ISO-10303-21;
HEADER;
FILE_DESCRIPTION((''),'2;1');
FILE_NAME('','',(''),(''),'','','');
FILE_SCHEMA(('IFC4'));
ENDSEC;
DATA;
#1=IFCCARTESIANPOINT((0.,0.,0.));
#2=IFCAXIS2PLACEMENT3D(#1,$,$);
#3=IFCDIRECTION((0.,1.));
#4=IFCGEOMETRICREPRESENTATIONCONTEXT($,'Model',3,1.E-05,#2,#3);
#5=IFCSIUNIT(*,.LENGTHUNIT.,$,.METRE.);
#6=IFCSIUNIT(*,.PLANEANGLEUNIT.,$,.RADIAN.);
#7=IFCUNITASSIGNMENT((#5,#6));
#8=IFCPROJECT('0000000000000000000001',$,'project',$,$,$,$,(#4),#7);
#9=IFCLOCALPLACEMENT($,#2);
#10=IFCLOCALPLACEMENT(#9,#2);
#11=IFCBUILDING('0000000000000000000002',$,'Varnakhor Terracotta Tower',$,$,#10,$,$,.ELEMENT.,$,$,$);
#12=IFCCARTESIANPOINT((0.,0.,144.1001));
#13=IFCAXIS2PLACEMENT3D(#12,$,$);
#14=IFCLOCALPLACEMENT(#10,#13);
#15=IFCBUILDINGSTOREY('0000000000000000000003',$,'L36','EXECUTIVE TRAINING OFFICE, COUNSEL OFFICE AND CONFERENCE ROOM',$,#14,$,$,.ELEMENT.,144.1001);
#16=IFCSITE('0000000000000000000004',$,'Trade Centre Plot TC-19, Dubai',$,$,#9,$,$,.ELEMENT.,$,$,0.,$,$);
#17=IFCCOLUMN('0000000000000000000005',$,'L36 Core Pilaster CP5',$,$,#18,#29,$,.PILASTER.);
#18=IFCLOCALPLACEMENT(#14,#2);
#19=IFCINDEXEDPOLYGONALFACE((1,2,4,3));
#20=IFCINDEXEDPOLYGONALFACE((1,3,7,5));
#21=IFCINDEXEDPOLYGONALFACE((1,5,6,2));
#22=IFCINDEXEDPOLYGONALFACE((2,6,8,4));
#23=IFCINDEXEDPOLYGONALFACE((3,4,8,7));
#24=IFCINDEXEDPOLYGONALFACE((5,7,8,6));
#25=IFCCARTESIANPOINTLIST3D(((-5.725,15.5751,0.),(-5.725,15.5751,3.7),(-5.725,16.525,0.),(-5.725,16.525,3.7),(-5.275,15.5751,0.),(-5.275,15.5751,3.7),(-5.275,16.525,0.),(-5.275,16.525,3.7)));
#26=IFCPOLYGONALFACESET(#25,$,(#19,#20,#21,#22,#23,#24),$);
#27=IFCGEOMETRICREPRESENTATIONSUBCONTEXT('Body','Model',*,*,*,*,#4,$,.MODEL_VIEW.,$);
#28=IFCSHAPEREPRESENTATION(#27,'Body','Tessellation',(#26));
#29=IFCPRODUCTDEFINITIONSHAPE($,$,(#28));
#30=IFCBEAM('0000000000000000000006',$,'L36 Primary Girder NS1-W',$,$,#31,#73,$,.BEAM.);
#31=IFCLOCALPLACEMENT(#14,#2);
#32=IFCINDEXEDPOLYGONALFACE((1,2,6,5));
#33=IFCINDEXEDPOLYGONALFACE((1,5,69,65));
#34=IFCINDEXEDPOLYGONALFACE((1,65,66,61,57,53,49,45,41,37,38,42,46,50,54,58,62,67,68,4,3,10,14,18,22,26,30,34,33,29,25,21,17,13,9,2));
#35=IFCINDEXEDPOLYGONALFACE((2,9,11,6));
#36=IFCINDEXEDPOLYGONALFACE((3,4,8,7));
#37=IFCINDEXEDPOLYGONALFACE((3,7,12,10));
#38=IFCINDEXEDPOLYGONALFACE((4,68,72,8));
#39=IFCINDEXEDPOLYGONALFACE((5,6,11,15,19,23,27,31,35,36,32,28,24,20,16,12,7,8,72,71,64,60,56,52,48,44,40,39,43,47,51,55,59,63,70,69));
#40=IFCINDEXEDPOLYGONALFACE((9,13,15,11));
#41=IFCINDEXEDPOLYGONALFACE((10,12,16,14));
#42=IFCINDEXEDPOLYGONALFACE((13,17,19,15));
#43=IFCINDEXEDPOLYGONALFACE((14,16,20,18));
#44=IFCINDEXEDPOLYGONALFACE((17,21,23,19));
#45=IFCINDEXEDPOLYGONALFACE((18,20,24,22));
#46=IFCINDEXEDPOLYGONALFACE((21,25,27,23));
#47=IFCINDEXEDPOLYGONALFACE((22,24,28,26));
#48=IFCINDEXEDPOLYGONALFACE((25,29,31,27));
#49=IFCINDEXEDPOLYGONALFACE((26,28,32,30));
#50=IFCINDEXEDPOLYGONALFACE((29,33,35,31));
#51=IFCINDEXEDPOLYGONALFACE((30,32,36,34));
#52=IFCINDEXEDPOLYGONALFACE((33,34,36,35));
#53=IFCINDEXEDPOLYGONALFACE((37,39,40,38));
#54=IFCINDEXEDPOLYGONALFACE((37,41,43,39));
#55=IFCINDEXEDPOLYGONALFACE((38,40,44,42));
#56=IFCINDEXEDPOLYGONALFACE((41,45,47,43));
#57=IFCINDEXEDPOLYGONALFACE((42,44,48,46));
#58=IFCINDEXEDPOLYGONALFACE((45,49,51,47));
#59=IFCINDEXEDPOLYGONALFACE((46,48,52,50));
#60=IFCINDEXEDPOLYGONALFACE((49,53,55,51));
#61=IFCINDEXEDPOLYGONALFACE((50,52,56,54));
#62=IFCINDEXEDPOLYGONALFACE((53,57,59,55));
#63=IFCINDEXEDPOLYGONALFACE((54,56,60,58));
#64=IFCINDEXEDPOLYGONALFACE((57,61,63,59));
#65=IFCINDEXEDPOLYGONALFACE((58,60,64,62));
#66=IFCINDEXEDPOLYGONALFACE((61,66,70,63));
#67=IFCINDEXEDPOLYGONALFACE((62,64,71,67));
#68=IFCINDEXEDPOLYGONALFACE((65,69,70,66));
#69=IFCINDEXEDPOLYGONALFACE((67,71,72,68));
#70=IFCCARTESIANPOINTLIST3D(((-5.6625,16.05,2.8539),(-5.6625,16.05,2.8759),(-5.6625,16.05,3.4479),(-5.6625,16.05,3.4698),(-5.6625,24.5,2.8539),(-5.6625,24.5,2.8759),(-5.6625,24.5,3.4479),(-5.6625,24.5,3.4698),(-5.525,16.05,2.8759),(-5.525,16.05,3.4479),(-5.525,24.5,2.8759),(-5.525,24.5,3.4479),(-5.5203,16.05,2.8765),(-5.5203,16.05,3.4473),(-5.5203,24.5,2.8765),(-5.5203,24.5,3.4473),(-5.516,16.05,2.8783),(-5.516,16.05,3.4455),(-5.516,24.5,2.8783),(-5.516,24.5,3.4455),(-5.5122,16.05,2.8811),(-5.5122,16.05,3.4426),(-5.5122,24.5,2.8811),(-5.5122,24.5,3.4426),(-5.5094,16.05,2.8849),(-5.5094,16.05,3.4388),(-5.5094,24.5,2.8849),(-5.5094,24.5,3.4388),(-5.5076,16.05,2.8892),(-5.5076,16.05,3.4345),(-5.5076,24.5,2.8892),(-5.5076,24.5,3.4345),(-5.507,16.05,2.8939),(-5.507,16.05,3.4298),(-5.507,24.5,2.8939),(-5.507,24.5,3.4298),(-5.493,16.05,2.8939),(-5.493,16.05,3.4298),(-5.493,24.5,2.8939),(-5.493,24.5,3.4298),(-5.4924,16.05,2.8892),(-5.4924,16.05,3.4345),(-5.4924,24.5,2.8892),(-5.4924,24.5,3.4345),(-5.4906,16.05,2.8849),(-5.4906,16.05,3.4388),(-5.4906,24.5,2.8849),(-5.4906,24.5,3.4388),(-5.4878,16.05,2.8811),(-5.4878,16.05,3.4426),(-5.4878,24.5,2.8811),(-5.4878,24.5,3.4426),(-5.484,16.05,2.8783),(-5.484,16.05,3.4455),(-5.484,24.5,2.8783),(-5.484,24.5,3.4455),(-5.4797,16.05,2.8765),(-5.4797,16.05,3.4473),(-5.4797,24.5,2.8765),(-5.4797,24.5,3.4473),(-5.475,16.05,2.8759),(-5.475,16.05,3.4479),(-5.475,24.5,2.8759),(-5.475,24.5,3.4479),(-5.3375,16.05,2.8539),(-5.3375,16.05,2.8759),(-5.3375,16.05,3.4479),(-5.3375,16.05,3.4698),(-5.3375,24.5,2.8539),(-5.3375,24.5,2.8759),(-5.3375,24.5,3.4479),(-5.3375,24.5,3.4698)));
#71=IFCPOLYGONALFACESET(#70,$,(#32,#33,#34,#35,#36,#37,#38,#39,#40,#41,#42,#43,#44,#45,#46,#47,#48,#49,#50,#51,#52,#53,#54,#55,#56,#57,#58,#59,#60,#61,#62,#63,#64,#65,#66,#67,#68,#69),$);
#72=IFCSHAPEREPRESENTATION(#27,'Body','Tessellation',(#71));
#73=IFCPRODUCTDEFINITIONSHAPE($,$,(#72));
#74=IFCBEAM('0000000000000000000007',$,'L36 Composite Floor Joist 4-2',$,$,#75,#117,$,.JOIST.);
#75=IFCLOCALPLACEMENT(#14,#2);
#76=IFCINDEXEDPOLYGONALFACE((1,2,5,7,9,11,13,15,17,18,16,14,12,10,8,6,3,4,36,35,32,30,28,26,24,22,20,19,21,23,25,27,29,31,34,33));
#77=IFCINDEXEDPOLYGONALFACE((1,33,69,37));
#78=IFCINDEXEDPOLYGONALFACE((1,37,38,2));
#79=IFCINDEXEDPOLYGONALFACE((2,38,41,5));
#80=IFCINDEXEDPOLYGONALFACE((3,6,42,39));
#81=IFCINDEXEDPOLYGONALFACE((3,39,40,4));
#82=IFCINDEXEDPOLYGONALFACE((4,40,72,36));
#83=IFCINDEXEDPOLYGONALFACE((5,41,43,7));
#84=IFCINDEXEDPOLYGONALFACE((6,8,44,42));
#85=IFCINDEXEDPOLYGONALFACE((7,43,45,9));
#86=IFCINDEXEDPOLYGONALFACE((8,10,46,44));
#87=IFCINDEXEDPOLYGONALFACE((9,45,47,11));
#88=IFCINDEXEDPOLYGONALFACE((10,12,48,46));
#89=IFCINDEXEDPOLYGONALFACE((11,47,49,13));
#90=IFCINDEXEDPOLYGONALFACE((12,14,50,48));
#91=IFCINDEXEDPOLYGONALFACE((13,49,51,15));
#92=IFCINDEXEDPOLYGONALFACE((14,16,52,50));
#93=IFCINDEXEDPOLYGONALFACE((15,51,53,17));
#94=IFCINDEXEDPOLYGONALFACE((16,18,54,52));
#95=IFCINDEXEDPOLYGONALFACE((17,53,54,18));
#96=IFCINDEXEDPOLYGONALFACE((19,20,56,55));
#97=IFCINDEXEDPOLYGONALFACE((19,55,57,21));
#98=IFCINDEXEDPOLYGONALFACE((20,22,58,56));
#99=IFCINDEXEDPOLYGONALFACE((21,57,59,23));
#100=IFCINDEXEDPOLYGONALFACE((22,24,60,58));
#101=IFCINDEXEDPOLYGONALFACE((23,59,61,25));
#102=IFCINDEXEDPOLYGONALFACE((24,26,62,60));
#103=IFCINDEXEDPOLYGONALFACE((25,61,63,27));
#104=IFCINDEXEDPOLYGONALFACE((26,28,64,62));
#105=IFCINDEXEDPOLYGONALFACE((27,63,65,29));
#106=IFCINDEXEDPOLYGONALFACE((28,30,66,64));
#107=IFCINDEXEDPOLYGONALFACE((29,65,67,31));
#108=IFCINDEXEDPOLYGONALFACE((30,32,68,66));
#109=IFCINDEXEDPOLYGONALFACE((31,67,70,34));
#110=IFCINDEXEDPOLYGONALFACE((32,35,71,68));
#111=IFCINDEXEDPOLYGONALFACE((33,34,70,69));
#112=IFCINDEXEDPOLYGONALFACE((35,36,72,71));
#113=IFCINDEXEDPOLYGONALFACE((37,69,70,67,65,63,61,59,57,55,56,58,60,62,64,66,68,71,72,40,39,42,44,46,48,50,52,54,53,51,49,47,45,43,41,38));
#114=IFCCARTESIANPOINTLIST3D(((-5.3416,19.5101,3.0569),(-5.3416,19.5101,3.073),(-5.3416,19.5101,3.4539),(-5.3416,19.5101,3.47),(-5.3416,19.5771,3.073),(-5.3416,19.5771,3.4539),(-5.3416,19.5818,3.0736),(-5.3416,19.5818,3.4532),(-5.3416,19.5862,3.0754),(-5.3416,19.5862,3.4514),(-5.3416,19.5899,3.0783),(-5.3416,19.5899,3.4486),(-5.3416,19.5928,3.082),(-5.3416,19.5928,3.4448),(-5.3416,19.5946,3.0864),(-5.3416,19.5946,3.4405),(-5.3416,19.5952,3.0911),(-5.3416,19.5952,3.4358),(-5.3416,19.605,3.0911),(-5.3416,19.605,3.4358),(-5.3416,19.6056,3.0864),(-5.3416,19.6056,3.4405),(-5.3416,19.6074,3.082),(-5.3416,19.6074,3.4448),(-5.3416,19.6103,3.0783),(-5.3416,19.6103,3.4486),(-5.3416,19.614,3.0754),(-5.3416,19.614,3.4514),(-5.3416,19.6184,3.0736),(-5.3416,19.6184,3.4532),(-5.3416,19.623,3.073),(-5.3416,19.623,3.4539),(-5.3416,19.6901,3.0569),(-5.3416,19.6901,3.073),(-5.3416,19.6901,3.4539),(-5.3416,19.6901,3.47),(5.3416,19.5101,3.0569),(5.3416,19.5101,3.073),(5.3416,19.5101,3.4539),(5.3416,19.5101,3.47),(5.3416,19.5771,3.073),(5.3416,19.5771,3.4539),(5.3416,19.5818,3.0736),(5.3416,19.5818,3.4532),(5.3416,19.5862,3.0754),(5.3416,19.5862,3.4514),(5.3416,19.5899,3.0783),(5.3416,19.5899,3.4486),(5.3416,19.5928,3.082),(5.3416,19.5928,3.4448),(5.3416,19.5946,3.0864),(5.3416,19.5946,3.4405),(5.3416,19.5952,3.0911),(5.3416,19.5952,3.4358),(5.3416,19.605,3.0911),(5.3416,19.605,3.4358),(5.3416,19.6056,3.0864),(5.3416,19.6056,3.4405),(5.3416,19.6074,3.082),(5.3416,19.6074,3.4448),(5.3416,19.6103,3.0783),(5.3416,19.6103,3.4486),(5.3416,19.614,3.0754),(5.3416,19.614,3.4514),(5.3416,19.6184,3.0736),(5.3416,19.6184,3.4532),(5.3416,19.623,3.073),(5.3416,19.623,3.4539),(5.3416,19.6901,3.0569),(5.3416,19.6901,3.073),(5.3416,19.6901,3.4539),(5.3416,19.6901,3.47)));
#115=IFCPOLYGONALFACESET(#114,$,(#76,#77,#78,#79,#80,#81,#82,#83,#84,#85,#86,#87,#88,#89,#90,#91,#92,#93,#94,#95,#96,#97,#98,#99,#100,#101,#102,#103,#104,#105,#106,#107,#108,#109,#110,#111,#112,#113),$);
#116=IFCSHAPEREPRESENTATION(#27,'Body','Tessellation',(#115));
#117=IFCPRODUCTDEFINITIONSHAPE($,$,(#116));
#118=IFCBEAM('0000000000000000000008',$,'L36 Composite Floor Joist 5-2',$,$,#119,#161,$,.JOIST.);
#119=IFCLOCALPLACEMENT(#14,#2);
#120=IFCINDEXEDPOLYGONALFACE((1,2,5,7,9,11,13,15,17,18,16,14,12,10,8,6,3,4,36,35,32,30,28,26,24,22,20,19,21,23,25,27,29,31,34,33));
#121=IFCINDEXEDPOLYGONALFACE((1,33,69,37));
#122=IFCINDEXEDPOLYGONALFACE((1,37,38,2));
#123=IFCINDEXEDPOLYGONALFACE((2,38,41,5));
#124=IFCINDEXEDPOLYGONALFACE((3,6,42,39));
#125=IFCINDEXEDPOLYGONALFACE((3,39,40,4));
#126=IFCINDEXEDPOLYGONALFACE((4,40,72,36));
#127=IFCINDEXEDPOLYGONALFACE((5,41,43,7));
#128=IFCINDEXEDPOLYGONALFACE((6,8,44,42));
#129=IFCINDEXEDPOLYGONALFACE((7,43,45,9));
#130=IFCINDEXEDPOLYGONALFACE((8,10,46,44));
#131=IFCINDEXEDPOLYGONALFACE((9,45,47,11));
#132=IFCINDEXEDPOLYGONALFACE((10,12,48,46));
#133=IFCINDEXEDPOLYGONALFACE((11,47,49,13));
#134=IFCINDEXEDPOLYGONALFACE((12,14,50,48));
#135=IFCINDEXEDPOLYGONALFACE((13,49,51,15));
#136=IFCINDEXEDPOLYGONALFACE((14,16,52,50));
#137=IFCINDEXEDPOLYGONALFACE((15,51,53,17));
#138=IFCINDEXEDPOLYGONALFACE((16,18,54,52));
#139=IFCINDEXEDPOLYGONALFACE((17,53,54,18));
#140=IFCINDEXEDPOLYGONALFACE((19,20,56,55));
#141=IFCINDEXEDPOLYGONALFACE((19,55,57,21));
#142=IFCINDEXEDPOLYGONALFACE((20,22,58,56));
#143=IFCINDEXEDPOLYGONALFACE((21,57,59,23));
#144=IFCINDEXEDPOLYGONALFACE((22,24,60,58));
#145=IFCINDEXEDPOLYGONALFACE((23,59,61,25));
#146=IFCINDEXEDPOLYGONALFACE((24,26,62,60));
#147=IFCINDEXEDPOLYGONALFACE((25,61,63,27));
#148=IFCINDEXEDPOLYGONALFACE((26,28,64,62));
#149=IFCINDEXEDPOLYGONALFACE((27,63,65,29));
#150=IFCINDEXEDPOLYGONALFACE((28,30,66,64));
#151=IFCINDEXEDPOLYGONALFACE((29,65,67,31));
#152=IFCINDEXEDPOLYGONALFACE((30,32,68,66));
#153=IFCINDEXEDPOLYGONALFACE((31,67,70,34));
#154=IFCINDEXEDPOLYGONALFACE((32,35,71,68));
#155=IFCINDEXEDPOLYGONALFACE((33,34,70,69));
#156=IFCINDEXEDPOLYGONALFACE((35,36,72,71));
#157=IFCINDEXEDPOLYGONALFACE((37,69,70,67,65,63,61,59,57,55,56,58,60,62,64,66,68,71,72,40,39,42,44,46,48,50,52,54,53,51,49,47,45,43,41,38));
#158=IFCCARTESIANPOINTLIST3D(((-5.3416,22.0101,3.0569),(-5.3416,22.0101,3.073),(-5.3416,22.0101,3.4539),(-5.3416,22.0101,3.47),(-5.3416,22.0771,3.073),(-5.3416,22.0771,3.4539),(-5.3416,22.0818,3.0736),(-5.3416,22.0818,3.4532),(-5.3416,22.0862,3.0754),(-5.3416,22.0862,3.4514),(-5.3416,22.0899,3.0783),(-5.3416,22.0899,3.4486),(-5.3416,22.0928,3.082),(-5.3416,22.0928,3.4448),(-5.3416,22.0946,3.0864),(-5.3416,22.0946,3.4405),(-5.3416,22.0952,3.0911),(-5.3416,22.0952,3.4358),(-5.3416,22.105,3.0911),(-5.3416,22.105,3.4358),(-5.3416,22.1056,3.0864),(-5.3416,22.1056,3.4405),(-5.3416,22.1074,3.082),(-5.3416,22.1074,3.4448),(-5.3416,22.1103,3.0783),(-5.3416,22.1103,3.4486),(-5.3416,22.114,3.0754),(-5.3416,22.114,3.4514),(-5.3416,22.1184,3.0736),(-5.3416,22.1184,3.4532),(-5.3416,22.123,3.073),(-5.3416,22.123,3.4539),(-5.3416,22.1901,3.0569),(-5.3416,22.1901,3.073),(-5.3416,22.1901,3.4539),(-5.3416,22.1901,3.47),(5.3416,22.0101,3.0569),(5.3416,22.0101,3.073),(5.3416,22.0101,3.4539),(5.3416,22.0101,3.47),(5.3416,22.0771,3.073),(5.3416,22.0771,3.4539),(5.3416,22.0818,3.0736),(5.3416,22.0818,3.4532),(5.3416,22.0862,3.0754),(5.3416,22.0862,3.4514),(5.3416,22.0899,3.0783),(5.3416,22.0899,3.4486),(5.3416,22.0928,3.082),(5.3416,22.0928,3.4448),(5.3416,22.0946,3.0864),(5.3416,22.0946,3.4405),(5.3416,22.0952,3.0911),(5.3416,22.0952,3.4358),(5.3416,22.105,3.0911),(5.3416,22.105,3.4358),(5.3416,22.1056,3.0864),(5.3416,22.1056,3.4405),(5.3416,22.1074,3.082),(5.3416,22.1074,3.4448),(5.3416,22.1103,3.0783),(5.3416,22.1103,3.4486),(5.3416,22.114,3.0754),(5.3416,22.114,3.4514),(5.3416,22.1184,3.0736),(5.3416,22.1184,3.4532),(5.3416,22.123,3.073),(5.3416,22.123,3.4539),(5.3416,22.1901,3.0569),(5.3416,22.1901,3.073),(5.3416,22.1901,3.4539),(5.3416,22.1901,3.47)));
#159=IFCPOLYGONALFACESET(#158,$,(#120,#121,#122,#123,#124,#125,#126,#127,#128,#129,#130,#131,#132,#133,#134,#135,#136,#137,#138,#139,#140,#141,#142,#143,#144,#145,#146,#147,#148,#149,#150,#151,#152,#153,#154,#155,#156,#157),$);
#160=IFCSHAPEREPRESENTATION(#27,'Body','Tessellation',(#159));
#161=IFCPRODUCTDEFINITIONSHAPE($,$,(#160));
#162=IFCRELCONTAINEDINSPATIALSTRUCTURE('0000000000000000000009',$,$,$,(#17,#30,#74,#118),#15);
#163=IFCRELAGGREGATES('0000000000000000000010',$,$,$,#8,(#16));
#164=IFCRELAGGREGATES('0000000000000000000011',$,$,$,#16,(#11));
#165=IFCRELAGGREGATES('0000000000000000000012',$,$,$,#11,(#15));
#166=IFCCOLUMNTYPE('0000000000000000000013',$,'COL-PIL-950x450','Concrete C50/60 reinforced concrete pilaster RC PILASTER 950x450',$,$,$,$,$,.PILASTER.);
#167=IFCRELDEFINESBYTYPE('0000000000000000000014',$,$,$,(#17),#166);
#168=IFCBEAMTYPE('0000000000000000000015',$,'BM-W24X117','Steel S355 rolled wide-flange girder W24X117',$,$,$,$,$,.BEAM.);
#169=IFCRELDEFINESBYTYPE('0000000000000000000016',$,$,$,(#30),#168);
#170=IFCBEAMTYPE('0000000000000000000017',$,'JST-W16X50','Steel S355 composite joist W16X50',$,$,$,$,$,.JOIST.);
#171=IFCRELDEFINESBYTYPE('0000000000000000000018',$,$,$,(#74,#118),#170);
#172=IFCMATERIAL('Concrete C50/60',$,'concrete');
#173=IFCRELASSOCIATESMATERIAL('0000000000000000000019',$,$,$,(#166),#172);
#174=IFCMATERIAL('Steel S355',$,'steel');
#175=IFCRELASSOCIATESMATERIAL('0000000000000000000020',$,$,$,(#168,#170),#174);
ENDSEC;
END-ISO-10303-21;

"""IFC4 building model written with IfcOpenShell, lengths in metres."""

from ifc_helpers import new_model, si_unit, direction, frame, origin, origin_2d, place, context, subcontext, project, spatial, rectangle, i_section, extrude, source, transform, mapped, material, material_profile, profile_set, type_object, type_shapes, element, save


model = new_model("IFC4")

# Units and contexts
model_context = context("Model", 3, precision=1e-05, world=origin(), true_north=direction((0.0, 1.0)))
body_context = subcontext(model_context, "Body", "Model", "MODEL_VIEW")
ifc_project = project(units=[si_unit("LENGTHUNIT", "METRE"), si_unit("PLANEANGLEUNIT", "RADIAN")], contexts=[model_context])

# Site, building, storey
site_placement = place(None, origin())
site = spatial("IfcSite", under=ifc_project, at=site_placement, Name="Trade Centre Plot TC-19, Dubai", CompositionType="ELEMENT", RefElevation=0.0)
building_placement = place(site_placement, origin())
building = spatial("IfcBuilding", under=site, at=building_placement, Name="Varnakhor Terracotta Tower", CompositionType="ELEMENT")
storey_placement = place(building_placement, frame((0.0, 0.0, 144.1001)))
storey = spatial("IfcBuildingStorey", under=building, at=storey_placement, Name="L36", Description="EXECUTIVE TRAINING OFFICE, COUNSEL OFFICE AND CONFERENCE ROOM", CompositionType="ELEMENT", Elevation=144.1001)

# Column
ifc_material_1 = material(Name="Concrete C50/60", Category="concrete")
ifc_material_profile_1 = material_profile(ifc_material_1, rectangle(XDim=0.45, YDim=0.95, at=origin_2d()), Name="RC PILASTER 950x450")
ifc_profile_set_1 = profile_set([ifc_material_profile_1], Name="Concrete C50/60")
column_type = type_object("IfcColumnType", Name="COL-PIL-950x450", Description="Concrete C50/60 reinforced concrete pilaster RC PILASTER 950x450", PredefinedType="PILASTER", material=ifc_profile_set_1)
shared_shape_1 = source(origin(), body_context, "Body", "SweptSolid", [
    extrude(rectangle(XDim=0.45, YDim=0.95, at=origin_2d()), origin(), (0.0, 0.0, 1.0), 3.7),
])
column_placement = place(storey_placement, frame((-5.5, 16.05, 0.0), z_axis=(0.0, 0.0, 1.0), x_axis=(1.0, 0.0, 0.0)))
element("IfcColumn", 1, at=column_placement, inside=storey, type_object=column_type, Name="L36 Core Pilaster CP5", PredefinedType="PILASTER", context=body_context, shape_type="MappedRepresentation", body=[
    mapped(shared_shape_1, transform((0.0, 0.0, 0.0), scale=1.0)),
])

# Beams
ifc_material_2 = material(Name="Steel S355", Category="steel")
ifc_material_profile_2 = material_profile(ifc_material_2, i_section(OverallWidth=0.325, OverallDepth=0.616, WebThickness=0.0139, FlangeThickness=0.022, FilletRadius=0.0181, at=origin_2d()), Name="W24X117")
ifc_profile_set_2 = profile_set([ifc_material_profile_2], Name="Steel S355")
beam_type_1 = type_object("IfcBeamType", Name="BM-W24X117", Description="Steel S355 rolled wide-flange girder W24X117", PredefinedType="BEAM", material=ifc_profile_set_2)
shared_shape_2 = source(origin(), body_context, "Body", "SweptSolid", [
    extrude(i_section(OverallWidth=0.325, OverallDepth=0.616, WebThickness=0.0139, FlangeThickness=0.022, FilletRadius=0.0181, at=origin_2d()), origin(), (0.0, 0.0, 1.0), 8.45),
])
type_shapes(beam_type_1, [shared_shape_2])
beam_placement = place(storey_placement, frame((-5.5, 16.05, 3.1619), z_axis=(0.0, 1.0, 0.0), x_axis=(-1.0, 0.0, 0.0)))
element("IfcBeam", 2, at=beam_placement, inside=storey, type_object=beam_type_1, Name="L36 Primary Girder NS1-W", PredefinedType="BEAM", context=body_context, shape_type="MappedRepresentation", body=[
    mapped(shared_shape_2, transform((0.0, 0.0, 0.0), scale=1.0)),
])
ifc_material_profile_3 = material_profile(ifc_material_2, i_section(OverallWidth=0.1799, OverallDepth=0.4131, WebThickness=0.0098, FlangeThickness=0.0161, FilletRadius=0.0181, at=origin_2d()), Name="W16X50")
ifc_profile_set_3 = profile_set([ifc_material_profile_3], Name="Steel S355")
beam_type_2 = type_object("IfcBeamType", Name="JST-W16X50", Description="Steel S355 composite joist W16X50", PredefinedType="JOIST", material=ifc_profile_set_3)
shared_shape_3 = source(origin(), body_context, "Body", "SweptSolid", [
    extrude(i_section(OverallWidth=0.1799, OverallDepth=0.4131, WebThickness=0.0098, FlangeThickness=0.0161, FilletRadius=0.0181, at=origin_2d()), origin(), (0.0, 0.0, 1.0), 10.6831),
])
for number, where, z_axis, x_axis, name in (
    (3, (-5.3416, 19.6001, 3.2634), (1.0, 0.0, 0.0), (0.0, 1.0, 0.0), "L36 Composite Floor Joist 4-2"),
    (4, (-5.3416, 22.1001, 3.2634), (1.0, 0.0, 0.0), (0.0, 1.0, 0.0), "L36 Composite Floor Joist 5-2"),
):
    element("IfcBeam", number, at=place(storey_placement, frame(where, z_axis=z_axis, x_axis=x_axis)), inside=storey, type_object=beam_type_2, Name=name, PredefinedType="JOIST", context=body_context, shape_type="MappedRepresentation", body=[
        mapped(shared_shape_3, transform((0.0, 0.0, 0.0), scale=1.0)),
    ])

save(model, "model.ifc")
